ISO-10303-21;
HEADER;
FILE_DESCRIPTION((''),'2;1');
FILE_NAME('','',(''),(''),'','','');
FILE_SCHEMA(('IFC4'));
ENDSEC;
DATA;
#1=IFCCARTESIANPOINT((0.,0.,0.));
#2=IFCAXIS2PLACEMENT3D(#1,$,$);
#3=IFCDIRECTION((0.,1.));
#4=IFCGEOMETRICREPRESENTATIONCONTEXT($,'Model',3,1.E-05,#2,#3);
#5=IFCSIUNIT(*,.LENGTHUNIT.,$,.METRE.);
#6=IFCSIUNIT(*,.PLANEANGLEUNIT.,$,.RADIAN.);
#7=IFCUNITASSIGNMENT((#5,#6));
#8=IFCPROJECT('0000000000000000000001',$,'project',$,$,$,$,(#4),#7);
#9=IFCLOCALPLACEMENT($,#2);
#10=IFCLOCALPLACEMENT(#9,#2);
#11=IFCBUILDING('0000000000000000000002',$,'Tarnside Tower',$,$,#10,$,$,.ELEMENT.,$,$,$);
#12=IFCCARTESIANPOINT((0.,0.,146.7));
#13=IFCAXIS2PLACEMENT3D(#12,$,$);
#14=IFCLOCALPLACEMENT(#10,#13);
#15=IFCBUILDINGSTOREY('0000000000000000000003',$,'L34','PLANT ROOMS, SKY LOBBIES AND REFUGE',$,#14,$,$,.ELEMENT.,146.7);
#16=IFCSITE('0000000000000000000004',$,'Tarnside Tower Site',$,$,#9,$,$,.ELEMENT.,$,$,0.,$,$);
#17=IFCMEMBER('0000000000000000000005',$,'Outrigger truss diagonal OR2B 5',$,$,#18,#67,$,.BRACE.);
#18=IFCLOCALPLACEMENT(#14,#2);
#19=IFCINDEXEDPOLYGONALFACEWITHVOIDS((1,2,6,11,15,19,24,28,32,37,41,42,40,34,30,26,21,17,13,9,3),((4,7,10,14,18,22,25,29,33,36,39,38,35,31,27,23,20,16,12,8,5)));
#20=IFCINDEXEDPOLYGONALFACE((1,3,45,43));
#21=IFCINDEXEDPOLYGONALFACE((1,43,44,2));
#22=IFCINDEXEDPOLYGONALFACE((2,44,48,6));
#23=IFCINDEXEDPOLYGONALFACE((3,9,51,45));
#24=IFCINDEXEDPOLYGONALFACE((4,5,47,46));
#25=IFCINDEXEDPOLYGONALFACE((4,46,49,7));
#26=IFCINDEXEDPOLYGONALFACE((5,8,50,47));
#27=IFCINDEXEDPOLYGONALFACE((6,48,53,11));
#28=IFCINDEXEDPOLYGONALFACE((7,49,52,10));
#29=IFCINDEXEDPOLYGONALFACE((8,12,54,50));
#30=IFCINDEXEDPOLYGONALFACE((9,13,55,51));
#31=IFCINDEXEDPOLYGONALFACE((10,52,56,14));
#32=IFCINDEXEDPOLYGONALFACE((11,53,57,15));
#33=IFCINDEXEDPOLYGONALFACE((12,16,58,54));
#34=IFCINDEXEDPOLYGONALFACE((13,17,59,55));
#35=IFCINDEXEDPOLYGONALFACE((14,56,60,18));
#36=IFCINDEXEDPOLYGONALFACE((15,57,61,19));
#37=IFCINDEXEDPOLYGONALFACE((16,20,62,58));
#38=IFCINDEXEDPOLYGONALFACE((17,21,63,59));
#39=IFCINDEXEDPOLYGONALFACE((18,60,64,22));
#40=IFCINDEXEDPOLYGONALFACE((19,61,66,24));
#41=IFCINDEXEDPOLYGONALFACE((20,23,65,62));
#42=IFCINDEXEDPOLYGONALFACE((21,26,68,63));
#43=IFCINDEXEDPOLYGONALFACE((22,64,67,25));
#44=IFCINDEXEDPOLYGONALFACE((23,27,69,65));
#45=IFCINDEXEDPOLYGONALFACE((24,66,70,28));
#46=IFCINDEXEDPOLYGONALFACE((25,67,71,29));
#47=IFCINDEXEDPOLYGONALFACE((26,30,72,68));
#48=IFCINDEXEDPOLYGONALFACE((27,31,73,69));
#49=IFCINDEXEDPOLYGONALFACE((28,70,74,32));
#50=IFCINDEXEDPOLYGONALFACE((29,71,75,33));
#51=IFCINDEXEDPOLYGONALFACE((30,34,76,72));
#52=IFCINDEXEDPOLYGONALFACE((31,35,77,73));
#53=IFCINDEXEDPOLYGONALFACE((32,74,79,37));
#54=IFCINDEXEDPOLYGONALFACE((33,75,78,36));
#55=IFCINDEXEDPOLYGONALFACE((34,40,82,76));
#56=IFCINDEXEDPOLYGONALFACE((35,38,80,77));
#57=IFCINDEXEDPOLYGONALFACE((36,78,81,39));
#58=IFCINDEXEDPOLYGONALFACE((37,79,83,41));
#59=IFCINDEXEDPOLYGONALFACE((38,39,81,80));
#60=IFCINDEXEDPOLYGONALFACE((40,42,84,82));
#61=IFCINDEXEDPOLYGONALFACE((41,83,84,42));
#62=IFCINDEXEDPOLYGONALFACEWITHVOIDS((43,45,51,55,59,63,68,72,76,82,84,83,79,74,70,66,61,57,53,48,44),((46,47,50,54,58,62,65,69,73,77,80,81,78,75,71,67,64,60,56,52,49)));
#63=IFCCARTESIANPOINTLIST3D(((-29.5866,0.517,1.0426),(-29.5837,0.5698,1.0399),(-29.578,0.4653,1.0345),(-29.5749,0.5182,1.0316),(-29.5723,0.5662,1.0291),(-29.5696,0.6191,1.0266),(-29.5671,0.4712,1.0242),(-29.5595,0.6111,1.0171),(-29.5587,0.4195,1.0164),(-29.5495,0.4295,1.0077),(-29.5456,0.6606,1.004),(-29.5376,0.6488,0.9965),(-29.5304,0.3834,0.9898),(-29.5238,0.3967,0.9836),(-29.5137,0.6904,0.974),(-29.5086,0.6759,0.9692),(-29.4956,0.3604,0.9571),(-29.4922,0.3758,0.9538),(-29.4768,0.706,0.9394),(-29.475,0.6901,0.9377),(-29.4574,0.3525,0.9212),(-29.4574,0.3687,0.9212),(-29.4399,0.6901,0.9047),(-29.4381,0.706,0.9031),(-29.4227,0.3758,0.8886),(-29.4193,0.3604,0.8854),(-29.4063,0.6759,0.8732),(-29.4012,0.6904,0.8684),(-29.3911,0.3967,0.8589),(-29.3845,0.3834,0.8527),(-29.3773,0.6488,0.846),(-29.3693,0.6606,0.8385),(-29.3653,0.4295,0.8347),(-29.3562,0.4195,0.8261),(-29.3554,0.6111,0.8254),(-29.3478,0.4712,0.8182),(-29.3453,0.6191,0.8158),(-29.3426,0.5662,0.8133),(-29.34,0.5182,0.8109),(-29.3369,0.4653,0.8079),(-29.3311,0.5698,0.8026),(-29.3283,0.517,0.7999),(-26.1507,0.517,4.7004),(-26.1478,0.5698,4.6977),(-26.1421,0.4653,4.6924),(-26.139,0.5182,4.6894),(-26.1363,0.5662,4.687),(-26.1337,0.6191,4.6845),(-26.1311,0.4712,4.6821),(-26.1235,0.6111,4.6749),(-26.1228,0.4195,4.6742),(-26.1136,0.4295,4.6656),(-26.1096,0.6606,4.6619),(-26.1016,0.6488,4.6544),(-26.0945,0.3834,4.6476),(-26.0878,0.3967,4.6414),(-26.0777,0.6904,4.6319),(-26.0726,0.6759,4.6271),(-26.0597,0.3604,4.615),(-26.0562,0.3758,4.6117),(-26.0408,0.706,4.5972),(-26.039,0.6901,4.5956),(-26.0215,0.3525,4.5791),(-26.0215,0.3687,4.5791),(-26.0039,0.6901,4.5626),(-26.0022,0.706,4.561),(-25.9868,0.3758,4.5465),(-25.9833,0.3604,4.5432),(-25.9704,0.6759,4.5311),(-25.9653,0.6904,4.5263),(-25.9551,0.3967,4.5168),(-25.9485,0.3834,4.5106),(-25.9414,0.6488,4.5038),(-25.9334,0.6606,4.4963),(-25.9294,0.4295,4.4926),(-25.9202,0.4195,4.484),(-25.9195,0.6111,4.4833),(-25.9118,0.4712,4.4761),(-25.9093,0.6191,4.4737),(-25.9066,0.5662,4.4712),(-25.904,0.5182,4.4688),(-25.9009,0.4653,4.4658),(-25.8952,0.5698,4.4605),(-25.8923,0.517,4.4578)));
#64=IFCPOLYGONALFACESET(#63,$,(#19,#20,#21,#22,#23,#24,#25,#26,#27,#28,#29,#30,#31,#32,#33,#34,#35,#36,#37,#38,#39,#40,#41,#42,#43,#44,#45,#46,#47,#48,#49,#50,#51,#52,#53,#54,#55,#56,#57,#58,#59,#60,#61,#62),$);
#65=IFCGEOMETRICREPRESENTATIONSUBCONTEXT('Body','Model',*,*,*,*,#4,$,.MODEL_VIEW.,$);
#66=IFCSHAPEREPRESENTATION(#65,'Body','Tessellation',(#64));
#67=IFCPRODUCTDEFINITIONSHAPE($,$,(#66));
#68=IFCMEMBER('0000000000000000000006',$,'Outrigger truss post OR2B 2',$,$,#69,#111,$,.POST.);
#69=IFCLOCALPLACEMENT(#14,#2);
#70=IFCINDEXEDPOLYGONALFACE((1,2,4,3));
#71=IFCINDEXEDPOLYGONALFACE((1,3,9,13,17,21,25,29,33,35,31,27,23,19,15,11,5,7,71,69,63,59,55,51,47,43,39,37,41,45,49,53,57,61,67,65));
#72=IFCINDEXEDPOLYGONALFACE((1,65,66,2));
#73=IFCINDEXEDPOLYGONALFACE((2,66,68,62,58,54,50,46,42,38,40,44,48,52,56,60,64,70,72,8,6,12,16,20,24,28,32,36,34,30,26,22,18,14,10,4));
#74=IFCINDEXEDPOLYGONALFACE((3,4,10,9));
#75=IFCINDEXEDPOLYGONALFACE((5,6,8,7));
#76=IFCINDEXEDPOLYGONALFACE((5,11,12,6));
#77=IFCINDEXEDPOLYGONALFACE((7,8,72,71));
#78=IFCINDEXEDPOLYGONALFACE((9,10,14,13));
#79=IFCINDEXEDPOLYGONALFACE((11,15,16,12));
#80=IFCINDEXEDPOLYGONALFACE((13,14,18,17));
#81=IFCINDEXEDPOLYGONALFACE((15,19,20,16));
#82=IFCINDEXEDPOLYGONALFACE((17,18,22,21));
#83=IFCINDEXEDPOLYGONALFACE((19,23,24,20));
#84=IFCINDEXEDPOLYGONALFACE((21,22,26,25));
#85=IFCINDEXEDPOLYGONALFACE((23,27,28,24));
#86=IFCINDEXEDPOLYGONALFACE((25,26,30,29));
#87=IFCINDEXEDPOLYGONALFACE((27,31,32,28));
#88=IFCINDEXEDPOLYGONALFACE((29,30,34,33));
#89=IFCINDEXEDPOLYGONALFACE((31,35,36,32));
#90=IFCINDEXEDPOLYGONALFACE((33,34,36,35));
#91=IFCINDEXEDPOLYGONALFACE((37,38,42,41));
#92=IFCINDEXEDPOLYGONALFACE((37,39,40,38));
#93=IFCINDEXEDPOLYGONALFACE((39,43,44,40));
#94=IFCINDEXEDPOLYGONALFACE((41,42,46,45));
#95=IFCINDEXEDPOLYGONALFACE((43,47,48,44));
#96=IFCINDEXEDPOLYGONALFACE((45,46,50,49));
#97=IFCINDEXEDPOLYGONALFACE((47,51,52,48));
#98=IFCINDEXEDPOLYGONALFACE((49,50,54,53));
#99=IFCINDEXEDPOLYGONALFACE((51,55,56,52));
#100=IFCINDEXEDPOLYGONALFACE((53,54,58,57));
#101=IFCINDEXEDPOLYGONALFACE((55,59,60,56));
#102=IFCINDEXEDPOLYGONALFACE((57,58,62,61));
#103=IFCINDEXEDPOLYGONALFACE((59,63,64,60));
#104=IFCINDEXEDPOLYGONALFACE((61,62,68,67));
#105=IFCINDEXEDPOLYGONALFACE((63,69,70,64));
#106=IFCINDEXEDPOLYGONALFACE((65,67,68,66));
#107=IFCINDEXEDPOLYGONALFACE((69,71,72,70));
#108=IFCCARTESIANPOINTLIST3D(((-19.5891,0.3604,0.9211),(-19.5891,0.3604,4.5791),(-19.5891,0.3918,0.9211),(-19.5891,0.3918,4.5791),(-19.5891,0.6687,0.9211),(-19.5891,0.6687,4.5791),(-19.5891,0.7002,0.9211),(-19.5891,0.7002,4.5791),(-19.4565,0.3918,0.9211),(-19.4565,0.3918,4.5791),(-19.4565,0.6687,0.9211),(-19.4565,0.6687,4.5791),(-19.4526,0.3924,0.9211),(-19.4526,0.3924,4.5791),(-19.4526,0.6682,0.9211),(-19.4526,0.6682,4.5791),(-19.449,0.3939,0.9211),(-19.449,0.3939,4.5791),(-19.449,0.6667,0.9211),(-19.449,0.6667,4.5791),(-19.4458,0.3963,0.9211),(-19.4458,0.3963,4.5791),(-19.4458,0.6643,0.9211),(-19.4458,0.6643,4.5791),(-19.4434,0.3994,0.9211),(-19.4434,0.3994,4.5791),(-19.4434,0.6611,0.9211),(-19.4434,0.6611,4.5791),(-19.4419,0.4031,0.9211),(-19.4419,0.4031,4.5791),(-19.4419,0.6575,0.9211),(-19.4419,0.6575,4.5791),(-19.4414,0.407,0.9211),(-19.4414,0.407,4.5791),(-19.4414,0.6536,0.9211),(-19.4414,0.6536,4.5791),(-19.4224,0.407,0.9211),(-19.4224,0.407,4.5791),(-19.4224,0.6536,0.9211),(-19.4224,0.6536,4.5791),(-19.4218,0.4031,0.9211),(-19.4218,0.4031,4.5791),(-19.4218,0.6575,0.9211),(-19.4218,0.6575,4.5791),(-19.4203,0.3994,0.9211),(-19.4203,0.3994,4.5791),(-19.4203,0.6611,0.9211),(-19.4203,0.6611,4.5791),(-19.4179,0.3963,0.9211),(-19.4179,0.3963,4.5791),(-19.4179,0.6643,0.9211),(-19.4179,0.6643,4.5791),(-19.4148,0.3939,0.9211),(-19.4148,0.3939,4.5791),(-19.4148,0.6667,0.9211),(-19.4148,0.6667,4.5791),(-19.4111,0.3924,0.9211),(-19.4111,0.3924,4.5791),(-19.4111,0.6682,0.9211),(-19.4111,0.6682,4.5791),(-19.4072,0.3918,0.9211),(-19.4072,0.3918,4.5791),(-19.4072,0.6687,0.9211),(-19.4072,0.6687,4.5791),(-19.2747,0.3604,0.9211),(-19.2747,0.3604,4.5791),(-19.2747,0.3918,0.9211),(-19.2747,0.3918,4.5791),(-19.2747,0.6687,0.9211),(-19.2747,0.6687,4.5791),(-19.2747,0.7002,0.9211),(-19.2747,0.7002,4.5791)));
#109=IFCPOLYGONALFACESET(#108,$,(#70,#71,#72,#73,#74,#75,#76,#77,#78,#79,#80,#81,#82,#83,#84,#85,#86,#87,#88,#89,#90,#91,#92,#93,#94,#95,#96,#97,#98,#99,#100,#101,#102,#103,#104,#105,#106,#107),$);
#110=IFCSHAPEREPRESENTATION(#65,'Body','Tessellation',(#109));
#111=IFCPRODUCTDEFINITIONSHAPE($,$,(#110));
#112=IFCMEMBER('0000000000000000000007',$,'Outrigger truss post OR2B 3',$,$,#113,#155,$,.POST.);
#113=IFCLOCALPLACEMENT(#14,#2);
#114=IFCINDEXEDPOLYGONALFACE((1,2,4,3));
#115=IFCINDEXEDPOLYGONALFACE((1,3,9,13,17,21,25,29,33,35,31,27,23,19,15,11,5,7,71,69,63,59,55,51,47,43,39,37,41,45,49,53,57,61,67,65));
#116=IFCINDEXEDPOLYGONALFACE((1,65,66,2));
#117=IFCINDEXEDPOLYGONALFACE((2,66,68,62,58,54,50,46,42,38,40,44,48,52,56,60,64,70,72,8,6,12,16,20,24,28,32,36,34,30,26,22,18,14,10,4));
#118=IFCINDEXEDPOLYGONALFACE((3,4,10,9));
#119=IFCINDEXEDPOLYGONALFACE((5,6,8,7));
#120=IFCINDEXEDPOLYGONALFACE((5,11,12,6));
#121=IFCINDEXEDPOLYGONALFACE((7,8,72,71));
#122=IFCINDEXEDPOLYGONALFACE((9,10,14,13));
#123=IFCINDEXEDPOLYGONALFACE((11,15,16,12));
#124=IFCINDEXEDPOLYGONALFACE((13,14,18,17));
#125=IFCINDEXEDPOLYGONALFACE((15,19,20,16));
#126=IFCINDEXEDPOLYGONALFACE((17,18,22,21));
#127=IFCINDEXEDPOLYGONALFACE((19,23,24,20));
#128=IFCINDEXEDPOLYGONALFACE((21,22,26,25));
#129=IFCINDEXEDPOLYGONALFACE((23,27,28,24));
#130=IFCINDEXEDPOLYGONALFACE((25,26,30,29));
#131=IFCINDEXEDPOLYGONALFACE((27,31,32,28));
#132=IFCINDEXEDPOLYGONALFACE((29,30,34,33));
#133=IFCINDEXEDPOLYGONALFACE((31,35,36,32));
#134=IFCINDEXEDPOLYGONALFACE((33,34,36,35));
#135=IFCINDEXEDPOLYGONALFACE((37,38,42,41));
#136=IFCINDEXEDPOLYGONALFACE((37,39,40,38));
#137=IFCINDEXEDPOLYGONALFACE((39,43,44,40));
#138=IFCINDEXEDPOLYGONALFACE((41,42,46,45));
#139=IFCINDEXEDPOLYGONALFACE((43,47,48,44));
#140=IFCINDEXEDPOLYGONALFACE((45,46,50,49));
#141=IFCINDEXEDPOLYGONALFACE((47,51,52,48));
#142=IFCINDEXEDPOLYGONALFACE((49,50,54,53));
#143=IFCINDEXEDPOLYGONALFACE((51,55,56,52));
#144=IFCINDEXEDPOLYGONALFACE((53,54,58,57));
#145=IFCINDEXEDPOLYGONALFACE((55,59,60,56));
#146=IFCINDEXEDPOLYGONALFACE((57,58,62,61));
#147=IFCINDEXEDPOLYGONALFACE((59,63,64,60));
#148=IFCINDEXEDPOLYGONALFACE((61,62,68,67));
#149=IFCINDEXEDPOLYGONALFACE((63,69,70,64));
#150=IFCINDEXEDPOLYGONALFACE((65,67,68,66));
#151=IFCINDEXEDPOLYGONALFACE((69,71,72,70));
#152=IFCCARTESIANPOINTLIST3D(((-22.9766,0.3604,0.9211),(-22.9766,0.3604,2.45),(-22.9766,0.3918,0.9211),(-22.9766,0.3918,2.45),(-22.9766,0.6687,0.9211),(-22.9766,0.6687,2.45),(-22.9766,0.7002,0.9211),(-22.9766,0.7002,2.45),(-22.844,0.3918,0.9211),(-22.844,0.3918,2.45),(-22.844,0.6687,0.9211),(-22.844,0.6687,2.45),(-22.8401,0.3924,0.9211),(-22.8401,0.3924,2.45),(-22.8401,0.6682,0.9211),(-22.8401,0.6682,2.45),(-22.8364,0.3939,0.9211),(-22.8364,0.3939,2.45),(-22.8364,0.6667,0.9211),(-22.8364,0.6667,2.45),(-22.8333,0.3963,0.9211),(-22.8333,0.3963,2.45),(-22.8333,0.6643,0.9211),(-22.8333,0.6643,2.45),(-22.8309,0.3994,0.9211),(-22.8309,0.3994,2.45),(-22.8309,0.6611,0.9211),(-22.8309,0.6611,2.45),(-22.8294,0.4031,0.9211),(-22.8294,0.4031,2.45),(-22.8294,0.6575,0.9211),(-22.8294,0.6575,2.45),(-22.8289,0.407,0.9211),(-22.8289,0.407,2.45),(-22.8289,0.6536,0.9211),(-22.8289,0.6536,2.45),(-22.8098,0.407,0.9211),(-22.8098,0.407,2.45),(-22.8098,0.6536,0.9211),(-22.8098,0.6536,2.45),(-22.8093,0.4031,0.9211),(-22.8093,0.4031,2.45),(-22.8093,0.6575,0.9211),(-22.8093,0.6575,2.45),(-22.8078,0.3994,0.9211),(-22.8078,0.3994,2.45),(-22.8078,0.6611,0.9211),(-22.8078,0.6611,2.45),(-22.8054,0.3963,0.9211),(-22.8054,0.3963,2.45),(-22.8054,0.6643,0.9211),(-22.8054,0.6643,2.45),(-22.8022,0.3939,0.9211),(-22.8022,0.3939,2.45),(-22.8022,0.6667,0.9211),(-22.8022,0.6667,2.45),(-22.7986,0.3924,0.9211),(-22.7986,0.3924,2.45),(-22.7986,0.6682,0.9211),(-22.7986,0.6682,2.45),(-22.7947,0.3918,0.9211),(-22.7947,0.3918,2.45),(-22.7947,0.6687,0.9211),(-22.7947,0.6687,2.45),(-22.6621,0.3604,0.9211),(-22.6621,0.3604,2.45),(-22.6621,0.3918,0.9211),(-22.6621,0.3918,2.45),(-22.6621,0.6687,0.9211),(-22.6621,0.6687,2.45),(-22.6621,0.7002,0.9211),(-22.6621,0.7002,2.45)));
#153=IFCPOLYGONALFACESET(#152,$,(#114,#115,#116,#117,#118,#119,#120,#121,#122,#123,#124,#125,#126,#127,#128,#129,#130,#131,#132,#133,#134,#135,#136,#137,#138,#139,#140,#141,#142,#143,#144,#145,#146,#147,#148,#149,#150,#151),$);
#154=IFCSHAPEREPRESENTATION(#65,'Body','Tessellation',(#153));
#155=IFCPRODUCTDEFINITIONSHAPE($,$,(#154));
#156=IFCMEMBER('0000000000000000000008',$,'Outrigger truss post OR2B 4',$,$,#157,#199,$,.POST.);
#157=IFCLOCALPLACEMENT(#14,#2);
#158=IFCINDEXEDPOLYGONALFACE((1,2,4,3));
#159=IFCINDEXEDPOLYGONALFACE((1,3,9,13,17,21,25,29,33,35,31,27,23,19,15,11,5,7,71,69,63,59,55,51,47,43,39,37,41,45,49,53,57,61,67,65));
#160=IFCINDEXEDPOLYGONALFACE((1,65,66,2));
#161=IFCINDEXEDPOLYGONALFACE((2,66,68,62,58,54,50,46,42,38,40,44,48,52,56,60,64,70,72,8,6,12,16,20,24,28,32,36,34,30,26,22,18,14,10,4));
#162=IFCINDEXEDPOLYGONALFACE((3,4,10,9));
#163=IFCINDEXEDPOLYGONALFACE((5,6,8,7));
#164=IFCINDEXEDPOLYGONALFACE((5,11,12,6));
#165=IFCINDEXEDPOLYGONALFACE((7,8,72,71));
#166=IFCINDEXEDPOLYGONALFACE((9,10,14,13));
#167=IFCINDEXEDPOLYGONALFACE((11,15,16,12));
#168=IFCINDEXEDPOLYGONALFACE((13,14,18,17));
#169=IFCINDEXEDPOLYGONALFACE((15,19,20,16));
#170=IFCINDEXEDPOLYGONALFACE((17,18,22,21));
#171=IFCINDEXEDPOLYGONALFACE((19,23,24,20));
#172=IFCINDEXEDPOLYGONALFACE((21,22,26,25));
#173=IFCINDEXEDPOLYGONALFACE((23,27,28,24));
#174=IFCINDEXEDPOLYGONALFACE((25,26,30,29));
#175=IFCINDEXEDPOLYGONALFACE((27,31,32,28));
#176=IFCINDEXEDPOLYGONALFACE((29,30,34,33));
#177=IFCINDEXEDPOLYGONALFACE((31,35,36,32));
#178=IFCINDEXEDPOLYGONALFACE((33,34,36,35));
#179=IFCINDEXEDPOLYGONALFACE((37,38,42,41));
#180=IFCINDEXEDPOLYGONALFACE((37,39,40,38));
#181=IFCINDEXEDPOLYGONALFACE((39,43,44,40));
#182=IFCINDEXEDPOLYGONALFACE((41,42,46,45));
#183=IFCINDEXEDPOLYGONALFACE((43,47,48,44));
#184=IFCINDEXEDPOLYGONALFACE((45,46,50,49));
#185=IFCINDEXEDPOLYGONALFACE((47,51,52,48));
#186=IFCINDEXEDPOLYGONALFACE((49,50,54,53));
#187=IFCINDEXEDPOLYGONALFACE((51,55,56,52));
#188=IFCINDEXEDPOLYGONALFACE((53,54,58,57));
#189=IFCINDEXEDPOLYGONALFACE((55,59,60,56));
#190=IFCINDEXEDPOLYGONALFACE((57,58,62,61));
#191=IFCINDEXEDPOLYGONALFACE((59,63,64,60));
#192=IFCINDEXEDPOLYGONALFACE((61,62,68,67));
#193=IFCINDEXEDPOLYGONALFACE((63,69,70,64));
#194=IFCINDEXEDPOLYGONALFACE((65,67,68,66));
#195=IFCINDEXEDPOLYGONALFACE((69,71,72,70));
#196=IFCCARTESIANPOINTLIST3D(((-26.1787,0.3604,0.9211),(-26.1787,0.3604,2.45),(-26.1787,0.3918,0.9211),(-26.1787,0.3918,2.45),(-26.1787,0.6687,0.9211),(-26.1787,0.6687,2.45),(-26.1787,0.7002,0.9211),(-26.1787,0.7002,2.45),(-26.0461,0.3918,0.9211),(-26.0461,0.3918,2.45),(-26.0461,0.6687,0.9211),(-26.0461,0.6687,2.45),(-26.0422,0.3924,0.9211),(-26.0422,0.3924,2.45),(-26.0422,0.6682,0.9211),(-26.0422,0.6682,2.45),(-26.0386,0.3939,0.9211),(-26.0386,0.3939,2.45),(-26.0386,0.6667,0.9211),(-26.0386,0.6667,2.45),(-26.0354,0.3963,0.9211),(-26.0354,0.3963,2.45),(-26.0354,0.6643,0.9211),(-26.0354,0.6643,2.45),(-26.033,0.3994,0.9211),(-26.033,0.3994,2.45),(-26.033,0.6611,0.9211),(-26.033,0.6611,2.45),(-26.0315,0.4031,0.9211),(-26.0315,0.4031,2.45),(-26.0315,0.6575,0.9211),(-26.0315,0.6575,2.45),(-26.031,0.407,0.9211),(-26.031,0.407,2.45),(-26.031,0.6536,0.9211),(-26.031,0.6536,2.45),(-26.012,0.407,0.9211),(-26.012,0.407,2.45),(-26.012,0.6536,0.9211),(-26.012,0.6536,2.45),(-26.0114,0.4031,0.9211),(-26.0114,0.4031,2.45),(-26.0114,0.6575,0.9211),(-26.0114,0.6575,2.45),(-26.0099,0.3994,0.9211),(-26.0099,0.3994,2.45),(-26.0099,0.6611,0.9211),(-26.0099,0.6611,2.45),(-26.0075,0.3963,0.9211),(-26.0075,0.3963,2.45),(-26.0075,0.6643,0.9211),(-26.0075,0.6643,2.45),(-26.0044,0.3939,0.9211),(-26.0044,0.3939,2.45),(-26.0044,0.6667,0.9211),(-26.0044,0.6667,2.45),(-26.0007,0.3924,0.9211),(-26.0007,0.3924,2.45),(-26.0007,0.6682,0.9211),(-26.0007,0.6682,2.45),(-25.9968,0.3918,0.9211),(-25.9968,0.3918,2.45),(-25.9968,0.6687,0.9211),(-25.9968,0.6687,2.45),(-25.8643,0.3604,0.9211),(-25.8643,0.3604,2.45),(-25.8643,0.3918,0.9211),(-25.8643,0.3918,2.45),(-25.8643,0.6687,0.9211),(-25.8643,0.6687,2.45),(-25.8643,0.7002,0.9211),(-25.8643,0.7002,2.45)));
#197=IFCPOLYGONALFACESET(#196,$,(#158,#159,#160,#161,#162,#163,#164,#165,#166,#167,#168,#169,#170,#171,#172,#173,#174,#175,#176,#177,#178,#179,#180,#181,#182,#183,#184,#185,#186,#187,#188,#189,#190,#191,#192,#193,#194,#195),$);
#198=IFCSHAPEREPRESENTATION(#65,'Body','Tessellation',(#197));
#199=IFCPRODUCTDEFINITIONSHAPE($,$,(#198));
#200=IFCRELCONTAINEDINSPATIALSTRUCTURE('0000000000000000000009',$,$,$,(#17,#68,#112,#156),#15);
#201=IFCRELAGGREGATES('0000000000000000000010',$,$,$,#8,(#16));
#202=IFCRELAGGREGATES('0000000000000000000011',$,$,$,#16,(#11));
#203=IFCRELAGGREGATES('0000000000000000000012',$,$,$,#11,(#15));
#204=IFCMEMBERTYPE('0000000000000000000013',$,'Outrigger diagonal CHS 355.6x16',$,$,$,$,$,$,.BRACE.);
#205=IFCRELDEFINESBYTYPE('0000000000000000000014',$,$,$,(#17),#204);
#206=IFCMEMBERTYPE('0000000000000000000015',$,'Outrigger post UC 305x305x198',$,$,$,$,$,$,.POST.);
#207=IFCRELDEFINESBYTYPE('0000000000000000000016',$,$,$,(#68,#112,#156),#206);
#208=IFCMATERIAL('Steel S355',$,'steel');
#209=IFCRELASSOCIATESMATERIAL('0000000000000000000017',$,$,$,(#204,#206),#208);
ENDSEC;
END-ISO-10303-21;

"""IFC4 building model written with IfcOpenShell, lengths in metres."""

from ifc_helpers import new_model, si_unit, direction, frame, origin, origin_2d, place, context, subcontext, project, spatial, hollow_circle, i_section, extrude, material, material_profile, profile_set, type_object, element, save


model = new_model("IFC4")

# Units and contexts
model_context = context("Model", 3, precision=1e-05, world=origin(), true_north=direction((0.0, 1.0)))
body_context = subcontext(model_context, "Body", "Model", "MODEL_VIEW")
ifc_project = project(units=[si_unit("LENGTHUNIT", "METRE"), si_unit("PLANEANGLEUNIT", "RADIAN")], contexts=[model_context])

# Site, building, storey
site_placement = place(None, origin())
site = spatial("IfcSite", under=ifc_project, at=site_placement, Name="Tarnside Tower Site", CompositionType="ELEMENT", RefElevation=0.0)
building_placement = place(site_placement, origin())
building = spatial("IfcBuilding", under=site, at=building_placement, Name="Tarnside Tower", CompositionType="ELEMENT")
storey_placement = place(building_placement, frame((0.0, 0.0, 146.7)))
storey = spatial("IfcBuildingStorey", under=building, at=storey_placement, Name="L34", Description="PLANT ROOMS, SKY LOBBIES AND REFUGE", CompositionType="ELEMENT", Elevation=146.7)

# Shared definitions
ifc_material_1 = material(Name="Steel S355", Category="steel")

# Members
ifc_material_profile_1 = material_profile(ifc_material_1, hollow_circle(Radius=0.1777, WallThickness=0.0161, at=origin_2d()), Name="CHS 355.6x16")
ifc_profile_set_1 = profile_set([ifc_material_profile_1], Name="Steel S355")
member_type_1 = type_object("IfcMemberType", Name="Outrigger diagonal CHS 355.6x16", PredefinedType="BRACE", material=ifc_profile_set_1)
member_1_placement = place(storey_placement, frame((-26.0215, 0.5303, 4.5791), z_axis=(-0.684651, 0.0, -0.728871), x_axis=(0.0, -1.0, 0.0)))
element("IfcMember", 1, at=member_1_placement, inside=storey, type_object=member_type_1, Name="Outrigger truss diagonal OR2B 5", PredefinedType="BRACE", context=body_context, shape_type="SweptSolid", body=[
    extrude(hollow_circle(Radius=0.1777, WallThickness=0.0161, at=origin_2d()), origin(), (0.0, 0.0, 1.0), 5.0186),
])
ifc_material_profile_2 = material_profile(ifc_material_1, i_section(OverallWidth=0.3145, OverallDepth=0.3398, WebThickness=0.019, FlangeThickness=0.0315, FilletRadius=0.0151, at=origin_2d()), Name="UC 305x305x198")
ifc_profile_set_2 = profile_set([ifc_material_profile_2], Name="Steel S355")
member_type_2 = type_object("IfcMemberType", Name="Outrigger post UC 305x305x198", PredefinedType="POST", material=ifc_profile_set_2)
member_2_placement = place(storey_placement, frame((-19.4319, 0.5303, 0.9211), z_axis=(0.0, 0.0, 1.0), x_axis=(-1.0, 0.0, 0.0)))
element("IfcMember", 2, at=member_2_placement, inside=storey, type_object=member_type_2, Name="Outrigger truss post OR2B 2", PredefinedType="POST", context=body_context, shape_type="SweptSolid", body=[
    extrude(i_section(OverallWidth=0.3145, OverallDepth=0.3398, WebThickness=0.019, FlangeThickness=0.0315, FilletRadius=0.0151, at=origin_2d()), origin(), (0.0, 0.0, 1.0), 3.658),
])
for number, where, z_axis, x_axis, name in (
    (3, (-22.8193, 0.5303, 0.9211), (0.0, 0.0, 1.0), (-1.0, 0.0, 0.0), "Outrigger truss post OR2B 3"),
    (4, (-26.0215, 0.5303, 0.9211), (0.0, 0.0, 1.0), (-1.0, 0.0, 0.0), "Outrigger truss post OR2B 4"),
):
    element("IfcMember", number, at=place(storey_placement, frame(where, z_axis=z_axis, x_axis=x_axis)), inside=storey, type_object=member_type_2, Name=name, PredefinedType="POST", context=body_context, shape_type="SweptSolid", body=[
        extrude(i_section(OverallWidth=0.3145, OverallDepth=0.3398, WebThickness=0.019, FlangeThickness=0.0315, FilletRadius=0.0151, at=origin_2d()), origin(), (0.0, 0.0, 1.0), 1.5288),
    ])

save(model, "model.ifc")
